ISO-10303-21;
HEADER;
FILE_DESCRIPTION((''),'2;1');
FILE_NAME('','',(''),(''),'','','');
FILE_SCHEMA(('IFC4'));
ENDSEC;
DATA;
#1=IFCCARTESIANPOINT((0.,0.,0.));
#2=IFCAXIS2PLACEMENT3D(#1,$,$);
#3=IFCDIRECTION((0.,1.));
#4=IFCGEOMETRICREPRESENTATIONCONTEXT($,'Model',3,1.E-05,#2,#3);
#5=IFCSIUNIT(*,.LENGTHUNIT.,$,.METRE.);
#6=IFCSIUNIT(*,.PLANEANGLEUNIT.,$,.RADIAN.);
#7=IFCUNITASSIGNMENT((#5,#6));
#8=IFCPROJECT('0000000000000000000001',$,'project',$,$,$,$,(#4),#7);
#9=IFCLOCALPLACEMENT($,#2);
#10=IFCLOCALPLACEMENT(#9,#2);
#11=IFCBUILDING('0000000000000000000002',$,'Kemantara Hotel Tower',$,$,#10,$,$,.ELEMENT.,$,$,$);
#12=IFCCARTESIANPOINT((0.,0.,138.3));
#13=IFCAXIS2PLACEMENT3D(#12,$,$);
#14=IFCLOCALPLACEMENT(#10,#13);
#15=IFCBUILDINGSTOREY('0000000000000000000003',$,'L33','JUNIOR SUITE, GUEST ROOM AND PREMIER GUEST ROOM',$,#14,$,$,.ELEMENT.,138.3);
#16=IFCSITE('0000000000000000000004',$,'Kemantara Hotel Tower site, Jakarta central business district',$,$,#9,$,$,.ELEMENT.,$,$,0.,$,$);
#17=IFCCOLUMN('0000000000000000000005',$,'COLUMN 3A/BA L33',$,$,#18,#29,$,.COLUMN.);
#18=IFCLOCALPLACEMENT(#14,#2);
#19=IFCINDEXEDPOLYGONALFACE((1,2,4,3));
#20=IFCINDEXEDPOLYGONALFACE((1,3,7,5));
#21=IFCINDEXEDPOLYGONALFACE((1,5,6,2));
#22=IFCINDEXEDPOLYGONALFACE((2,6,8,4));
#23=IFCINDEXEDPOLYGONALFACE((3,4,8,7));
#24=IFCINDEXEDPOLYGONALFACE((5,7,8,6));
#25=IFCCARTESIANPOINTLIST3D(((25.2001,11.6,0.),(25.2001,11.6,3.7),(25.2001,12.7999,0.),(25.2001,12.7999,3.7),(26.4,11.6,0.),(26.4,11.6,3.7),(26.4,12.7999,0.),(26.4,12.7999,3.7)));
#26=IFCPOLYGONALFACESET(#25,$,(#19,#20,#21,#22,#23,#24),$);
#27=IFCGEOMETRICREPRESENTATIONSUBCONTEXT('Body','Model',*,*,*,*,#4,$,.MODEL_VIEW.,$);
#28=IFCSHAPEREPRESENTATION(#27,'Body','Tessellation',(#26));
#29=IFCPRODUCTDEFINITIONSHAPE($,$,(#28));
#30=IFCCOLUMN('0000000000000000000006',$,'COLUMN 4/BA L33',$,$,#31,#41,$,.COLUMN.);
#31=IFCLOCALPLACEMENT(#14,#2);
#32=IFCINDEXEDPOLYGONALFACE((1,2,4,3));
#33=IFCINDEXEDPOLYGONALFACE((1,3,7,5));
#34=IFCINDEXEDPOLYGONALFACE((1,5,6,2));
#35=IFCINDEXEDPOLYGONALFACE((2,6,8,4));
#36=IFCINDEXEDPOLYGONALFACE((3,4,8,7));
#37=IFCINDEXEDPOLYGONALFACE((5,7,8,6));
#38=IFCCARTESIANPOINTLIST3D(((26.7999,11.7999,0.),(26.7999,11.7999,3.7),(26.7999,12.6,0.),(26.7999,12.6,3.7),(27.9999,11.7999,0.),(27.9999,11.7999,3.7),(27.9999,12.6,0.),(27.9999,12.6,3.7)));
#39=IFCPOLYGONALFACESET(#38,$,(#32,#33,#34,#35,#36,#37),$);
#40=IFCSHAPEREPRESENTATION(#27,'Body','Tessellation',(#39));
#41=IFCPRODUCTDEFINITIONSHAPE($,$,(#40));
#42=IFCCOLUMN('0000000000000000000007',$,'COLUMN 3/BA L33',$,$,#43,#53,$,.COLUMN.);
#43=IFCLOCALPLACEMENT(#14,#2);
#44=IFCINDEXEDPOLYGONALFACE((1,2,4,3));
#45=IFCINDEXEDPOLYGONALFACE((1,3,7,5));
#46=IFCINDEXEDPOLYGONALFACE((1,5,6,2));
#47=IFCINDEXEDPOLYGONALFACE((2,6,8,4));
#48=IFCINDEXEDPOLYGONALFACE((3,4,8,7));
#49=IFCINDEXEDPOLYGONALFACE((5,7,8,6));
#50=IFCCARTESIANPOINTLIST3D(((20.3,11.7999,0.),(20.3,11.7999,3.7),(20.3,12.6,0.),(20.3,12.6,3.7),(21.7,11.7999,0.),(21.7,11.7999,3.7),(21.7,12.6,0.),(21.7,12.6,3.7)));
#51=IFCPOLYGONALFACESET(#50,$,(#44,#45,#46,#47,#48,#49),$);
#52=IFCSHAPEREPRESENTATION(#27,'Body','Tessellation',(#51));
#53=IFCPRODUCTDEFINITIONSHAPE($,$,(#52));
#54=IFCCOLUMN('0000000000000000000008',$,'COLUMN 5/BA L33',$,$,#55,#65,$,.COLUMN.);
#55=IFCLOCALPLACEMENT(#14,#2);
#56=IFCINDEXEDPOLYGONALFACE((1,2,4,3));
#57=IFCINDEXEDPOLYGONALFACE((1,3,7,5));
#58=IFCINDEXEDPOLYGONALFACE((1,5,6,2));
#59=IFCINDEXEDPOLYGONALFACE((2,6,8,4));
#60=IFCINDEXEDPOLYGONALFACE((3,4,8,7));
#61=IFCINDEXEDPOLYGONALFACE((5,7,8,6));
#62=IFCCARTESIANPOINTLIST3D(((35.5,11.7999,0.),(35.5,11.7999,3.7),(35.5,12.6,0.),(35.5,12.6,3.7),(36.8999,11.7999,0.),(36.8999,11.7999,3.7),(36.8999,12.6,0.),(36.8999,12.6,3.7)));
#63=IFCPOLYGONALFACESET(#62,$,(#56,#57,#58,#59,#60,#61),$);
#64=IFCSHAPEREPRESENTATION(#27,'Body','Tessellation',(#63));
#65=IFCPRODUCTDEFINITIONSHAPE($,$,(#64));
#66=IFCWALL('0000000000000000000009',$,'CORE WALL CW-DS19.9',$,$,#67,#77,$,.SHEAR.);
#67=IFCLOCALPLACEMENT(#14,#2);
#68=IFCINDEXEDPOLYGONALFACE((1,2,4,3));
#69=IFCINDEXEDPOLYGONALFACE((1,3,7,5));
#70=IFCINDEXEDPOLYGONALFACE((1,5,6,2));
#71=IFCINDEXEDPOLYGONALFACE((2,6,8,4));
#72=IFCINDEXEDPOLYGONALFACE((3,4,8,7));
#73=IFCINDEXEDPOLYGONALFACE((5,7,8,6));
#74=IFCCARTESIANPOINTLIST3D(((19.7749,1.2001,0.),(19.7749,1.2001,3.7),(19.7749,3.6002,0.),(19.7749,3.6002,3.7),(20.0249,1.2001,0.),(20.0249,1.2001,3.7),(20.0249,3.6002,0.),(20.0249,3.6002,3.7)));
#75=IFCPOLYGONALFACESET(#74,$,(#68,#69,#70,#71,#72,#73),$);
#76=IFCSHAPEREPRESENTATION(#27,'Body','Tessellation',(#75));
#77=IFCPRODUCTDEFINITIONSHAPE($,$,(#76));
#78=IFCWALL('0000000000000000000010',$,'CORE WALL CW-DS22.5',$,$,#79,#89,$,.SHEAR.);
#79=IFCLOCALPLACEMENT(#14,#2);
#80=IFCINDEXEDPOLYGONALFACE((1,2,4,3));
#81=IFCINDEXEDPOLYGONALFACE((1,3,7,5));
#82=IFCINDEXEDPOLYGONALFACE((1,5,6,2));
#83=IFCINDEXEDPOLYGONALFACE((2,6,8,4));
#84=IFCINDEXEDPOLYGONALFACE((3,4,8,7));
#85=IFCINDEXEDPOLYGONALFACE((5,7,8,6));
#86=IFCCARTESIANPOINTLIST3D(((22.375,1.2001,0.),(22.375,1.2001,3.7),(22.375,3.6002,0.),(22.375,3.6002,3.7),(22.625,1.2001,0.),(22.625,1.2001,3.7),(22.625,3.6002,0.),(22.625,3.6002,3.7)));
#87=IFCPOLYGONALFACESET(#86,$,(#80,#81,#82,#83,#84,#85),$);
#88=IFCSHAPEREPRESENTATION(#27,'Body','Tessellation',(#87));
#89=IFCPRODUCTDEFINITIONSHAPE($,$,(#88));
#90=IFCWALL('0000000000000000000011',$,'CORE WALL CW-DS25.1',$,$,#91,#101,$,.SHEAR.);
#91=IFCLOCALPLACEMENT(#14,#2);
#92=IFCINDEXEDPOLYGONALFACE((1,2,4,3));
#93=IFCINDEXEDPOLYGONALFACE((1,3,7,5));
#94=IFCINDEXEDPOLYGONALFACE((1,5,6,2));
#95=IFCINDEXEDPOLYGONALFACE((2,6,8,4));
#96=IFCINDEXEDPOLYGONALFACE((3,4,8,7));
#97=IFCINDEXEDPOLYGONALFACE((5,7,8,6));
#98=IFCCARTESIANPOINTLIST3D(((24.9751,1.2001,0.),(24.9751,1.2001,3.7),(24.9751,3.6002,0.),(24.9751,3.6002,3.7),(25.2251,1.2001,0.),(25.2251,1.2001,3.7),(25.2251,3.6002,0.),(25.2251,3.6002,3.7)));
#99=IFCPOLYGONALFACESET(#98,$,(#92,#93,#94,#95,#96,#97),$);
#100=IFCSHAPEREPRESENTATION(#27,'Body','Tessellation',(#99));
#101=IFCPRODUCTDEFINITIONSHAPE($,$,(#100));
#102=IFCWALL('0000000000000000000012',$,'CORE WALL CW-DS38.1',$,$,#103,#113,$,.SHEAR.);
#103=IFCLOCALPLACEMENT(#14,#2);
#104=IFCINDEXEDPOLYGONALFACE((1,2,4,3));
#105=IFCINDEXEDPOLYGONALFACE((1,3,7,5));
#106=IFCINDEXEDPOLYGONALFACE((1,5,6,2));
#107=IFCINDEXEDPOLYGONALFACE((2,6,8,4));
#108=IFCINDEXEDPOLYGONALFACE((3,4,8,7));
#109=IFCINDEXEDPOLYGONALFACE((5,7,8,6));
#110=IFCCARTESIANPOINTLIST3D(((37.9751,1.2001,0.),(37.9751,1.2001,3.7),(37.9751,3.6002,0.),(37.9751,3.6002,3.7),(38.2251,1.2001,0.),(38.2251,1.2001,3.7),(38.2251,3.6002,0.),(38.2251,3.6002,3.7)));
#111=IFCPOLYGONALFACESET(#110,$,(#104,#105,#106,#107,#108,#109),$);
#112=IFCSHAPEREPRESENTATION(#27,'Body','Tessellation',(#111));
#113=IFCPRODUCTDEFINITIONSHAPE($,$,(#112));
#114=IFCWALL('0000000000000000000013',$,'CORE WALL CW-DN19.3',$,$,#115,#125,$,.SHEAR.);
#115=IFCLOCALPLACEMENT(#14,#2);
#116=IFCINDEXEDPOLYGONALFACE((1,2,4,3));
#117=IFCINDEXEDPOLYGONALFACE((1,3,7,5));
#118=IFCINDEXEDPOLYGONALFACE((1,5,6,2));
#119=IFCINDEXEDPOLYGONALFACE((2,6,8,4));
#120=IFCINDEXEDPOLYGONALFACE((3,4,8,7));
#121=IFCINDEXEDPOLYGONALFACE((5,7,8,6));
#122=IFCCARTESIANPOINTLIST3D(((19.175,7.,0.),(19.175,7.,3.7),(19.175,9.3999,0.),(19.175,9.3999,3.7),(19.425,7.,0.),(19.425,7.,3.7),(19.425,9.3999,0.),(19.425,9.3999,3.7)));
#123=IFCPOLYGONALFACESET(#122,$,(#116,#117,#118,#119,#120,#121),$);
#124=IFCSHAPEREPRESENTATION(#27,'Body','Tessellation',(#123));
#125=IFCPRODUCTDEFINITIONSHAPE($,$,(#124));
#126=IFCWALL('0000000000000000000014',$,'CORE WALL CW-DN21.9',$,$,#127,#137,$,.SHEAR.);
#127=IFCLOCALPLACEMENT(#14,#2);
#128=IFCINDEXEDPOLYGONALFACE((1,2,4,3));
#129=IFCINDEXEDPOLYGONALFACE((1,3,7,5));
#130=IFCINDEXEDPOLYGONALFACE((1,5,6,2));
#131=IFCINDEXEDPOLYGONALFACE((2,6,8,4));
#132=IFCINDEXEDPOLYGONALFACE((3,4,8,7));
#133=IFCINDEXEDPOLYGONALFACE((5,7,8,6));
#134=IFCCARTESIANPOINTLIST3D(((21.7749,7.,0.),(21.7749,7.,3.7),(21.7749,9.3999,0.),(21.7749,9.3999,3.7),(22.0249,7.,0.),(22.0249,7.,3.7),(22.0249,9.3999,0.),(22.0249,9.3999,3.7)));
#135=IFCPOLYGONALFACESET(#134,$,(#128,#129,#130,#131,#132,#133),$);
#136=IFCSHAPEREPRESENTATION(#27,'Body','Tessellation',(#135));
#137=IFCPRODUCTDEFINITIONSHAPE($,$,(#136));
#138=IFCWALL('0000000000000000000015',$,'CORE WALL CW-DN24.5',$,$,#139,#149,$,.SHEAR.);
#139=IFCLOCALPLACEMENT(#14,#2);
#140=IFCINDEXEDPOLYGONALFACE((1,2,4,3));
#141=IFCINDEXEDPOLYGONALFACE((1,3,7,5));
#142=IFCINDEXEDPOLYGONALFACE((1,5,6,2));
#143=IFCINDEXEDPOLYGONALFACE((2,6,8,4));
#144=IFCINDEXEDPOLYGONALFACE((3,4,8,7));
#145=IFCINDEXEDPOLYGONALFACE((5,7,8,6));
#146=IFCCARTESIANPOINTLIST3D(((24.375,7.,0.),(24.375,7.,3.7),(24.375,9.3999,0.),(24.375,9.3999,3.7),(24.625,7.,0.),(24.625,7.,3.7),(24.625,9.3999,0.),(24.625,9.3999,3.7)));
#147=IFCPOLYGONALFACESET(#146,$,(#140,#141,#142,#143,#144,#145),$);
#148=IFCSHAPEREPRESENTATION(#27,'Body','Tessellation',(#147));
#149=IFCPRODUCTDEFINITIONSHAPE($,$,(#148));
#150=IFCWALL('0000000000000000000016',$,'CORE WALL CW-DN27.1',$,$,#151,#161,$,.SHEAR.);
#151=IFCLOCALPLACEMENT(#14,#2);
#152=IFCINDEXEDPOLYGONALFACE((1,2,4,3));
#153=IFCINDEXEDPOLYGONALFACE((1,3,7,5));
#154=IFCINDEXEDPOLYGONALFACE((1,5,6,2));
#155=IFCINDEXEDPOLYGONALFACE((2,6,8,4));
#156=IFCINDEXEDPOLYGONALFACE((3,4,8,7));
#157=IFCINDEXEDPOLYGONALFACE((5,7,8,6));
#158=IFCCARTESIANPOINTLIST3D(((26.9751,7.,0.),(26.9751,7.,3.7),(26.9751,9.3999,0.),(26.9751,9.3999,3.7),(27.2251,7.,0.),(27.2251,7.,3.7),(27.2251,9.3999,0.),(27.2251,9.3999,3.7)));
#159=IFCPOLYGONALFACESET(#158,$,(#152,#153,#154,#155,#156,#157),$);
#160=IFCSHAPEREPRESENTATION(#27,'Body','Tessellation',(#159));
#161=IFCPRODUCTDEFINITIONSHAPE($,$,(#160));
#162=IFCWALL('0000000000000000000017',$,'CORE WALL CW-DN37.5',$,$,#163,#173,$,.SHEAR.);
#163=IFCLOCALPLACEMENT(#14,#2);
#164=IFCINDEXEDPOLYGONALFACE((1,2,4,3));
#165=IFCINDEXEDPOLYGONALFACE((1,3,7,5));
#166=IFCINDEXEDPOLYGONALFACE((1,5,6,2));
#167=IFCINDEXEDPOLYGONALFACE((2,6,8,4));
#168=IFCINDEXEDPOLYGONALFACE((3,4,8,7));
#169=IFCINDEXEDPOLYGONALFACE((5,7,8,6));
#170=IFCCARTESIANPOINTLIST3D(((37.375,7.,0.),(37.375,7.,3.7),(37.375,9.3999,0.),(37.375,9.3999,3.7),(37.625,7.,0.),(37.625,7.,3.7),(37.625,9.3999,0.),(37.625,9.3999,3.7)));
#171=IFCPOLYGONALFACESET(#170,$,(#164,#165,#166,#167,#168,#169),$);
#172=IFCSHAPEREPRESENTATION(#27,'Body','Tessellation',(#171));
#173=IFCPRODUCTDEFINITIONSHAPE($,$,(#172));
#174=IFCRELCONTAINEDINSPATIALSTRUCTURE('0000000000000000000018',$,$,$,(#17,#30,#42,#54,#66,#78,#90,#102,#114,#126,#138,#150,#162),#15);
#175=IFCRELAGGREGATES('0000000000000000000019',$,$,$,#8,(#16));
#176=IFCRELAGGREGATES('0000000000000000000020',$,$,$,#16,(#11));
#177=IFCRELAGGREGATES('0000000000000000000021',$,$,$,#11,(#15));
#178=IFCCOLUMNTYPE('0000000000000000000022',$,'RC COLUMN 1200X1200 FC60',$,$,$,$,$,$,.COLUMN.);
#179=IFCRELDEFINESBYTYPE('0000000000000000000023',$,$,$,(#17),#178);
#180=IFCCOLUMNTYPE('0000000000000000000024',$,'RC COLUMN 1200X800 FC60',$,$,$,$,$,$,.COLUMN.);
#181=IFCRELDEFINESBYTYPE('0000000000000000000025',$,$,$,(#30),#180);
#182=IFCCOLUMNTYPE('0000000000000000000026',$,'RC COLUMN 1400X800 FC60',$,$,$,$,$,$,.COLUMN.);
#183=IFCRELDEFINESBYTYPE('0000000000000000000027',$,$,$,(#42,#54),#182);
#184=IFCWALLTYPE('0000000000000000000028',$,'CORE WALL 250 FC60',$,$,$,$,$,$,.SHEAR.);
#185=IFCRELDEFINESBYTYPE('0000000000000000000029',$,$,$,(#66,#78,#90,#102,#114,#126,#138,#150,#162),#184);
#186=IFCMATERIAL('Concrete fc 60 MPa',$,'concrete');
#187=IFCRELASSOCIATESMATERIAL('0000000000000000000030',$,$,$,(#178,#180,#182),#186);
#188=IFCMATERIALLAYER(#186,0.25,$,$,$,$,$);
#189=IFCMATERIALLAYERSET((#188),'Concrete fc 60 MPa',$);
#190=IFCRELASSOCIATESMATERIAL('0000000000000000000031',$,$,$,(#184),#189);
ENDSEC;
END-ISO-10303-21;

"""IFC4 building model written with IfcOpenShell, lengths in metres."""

from ifc_helpers import new_model, si_unit, direction, frame, frame_2d, origin, origin_2d, place, context, subcontext, project, spatial, rectangle, extrude, material, layer, layer_set, material_profile, profile_set, type_object, element, save


model = new_model("IFC4")

# Units and contexts
model_context = context("Model", 3, precision=1e-05, world=origin(), true_north=direction((0.0, 1.0)))
body_context = subcontext(model_context, "Body", "Model", "MODEL_VIEW")
ifc_project = project(units=[si_unit("LENGTHUNIT", "METRE"), si_unit("PLANEANGLEUNIT", "RADIAN")], contexts=[model_context])

# Site, building, storey
site_placement = place(None, origin())
site = spatial("IfcSite", under=ifc_project, at=site_placement, Name="Kemantara Hotel Tower site, Jakarta central business district", CompositionType="ELEMENT", RefElevation=0.0)
building_placement = place(site_placement, origin())
building = spatial("IfcBuilding", under=site, at=building_placement, Name="Kemantara Hotel Tower", CompositionType="ELEMENT")
storey_placement = place(building_placement, frame((0.0, 0.0, 138.3)))
storey = spatial("IfcBuildingStorey", under=building, at=storey_placement, Name="L33", Description="JUNIOR SUITE, GUEST ROOM AND PREMIER GUEST ROOM", CompositionType="ELEMENT", Elevation=138.3)

# Columns
ifc_material_1 = material(Name="Concrete fc 60 MPa", Category="concrete")
ifc_material_profile_1 = material_profile(ifc_material_1, rectangle(XDim=1.2, YDim=1.2, at=origin_2d()), Name="RC 1200X1200")
ifc_profile_set_1 = profile_set([ifc_material_profile_1], Name="Concrete fc 60 MPa")
column_type_1 = type_object("IfcColumnType", Name="RC COLUMN 1200X1200 FC60", PredefinedType="COLUMN", material=ifc_profile_set_1)
column_1_placement = place(storey_placement, frame((25.8, 12.2, 0.0), z_axis=(0.0, 0.0, 1.0), x_axis=(1.0, 0.0, 0.0)))
element("IfcColumn", 1, at=column_1_placement, inside=storey, type_object=column_type_1, Name="COLUMN 3A/BA L33", PredefinedType="COLUMN", context=body_context, shape_type="SweptSolid", body=[
    extrude(rectangle(XDim=1.2, YDim=1.2, at=origin_2d()), origin(), (0.0, 0.0, 1.0), 3.7),
])
ifc_material_profile_2 = material_profile(ifc_material_1, rectangle(XDim=1.2, YDim=0.8, at=origin_2d()), Name="RC 1200X800")
ifc_profile_set_2 = profile_set([ifc_material_profile_2], Name="Concrete fc 60 MPa")
column_type_2 = type_object("IfcColumnType", Name="RC COLUMN 1200X800 FC60", PredefinedType="COLUMN", material=ifc_profile_set_2)
column_2_placement = place(storey_placement, frame((27.3999, 12.2, 0.0), z_axis=(0.0, 0.0, 1.0), x_axis=(1.0, 0.0, 0.0)))
element("IfcColumn", 2, at=column_2_placement, inside=storey, type_object=column_type_2, Name="COLUMN 4/BA L33", PredefinedType="COLUMN", context=body_context, shape_type="SweptSolid", body=[
    extrude(rectangle(XDim=1.2, YDim=0.8, at=origin_2d()), origin(), (0.0, 0.0, 1.0), 3.7),
])
ifc_material_profile_3 = material_profile(ifc_material_1, rectangle(XDim=1.3999, YDim=0.8, at=origin_2d()), Name="RC 1400X800")
ifc_profile_set_3 = profile_set([ifc_material_profile_3], Name="Concrete fc 60 MPa")
column_type_3 = type_object("IfcColumnType", Name="RC COLUMN 1400X800 FC60", PredefinedType="COLUMN", material=ifc_profile_set_3)
for number, where, z_axis, x_axis, name in (
    (3, (21.0, 12.2, 0.0), (0.0, 0.0, 1.0), (1.0, 0.0, 0.0), "COLUMN 3/BA L33"),
    (4, (36.2, 12.2, 0.0), (0.0, 0.0, 1.0), (1.0, 0.0, 0.0), "COLUMN 5/BA L33"),
):
    element("IfcColumn", number, at=place(storey_placement, frame(where, z_axis=z_axis, x_axis=x_axis)), inside=storey, type_object=column_type_3, Name=name, PredefinedType="COLUMN", context=body_context, shape_type="SweptSolid", body=[
        extrude(rectangle(XDim=1.3999, YDim=0.8, at=origin_2d()), origin(), (0.0, 0.0, 1.0), 3.7),
    ])

# Walls
ifc_layer_1 = layer(ifc_material_1, 0.25)
ifc_layer_set_1 = layer_set([ifc_layer_1], Name="Concrete fc 60 MPa")
wall_type_1 = type_object("IfcWallType", Name="CORE WALL 250 FC60", PredefinedType="SHEAR", material=ifc_layer_set_1)
for number, where, z_axis, x_axis, name in (
    (5, (19.8999, 1.2, 0.0), (0.0, 0.0, 1.0), (0.0, 1.0, 0.0), "CORE WALL CW-DS19.9"),
    (6, (22.5, 1.2, 0.0), (0.0, 0.0, 1.0), (0.0, 1.0, 0.0), "CORE WALL CW-DS22.5"),
    (7, (25.1001, 1.2, 0.0), (0.0, 0.0, 1.0), (0.0, 1.0, 0.0), "CORE WALL CW-DS25.1"),
    (8, (38.1001, 1.2, 0.0), (0.0, 0.0, 1.0), (0.0, 1.0, 0.0), "CORE WALL CW-DS38.1"),
):
    element("IfcWall", number, at=place(storey_placement, frame(where, z_axis=z_axis, x_axis=x_axis)), inside=storey, type_object=wall_type_1, Name=name, PredefinedType="SHEAR", context=body_context, shape_type="SweptSolid", body=[
        extrude(rectangle(XDim=2.4001, YDim=0.25, at=frame_2d((1.2002, 0.0))), origin(), (0.0, 0.0, 1.0), 3.7),
    ])
for number, where, z_axis, x_axis, name in (
    (9, (19.3, 7.0, 0.0), (0.0, 0.0, 1.0), (0.0, 1.0, 0.0), "CORE WALL CW-DN19.3"),
    (10, (21.8999, 7.0, 0.0), (0.0, 0.0, 1.0), (0.0, 1.0, 0.0), "CORE WALL CW-DN21.9"),
    (11, (24.5, 7.0, 0.0), (0.0, 0.0, 1.0), (0.0, 1.0, 0.0), "CORE WALL CW-DN24.5"),
    (12, (27.1001, 7.0, 0.0), (0.0, 0.0, 1.0), (0.0, 1.0, 0.0), "CORE WALL CW-DN27.1"),
    (13, (37.5, 7.0, 0.0), (0.0, 0.0, 1.0), (0.0, 1.0, 0.0), "CORE WALL CW-DN37.5"),
):
    element("IfcWall", number, at=place(storey_placement, frame(where, z_axis=z_axis, x_axis=x_axis)), inside=storey, type_object=wall_type_1, Name=name, PredefinedType="SHEAR", context=body_context, shape_type="SweptSolid", body=[
        extrude(rectangle(XDim=2.3999, YDim=0.25, at=frame_2d((1.2, 0.0))), origin(), (0.0, 0.0, 1.0), 3.7),
    ])

save(model, "model.ifc")
